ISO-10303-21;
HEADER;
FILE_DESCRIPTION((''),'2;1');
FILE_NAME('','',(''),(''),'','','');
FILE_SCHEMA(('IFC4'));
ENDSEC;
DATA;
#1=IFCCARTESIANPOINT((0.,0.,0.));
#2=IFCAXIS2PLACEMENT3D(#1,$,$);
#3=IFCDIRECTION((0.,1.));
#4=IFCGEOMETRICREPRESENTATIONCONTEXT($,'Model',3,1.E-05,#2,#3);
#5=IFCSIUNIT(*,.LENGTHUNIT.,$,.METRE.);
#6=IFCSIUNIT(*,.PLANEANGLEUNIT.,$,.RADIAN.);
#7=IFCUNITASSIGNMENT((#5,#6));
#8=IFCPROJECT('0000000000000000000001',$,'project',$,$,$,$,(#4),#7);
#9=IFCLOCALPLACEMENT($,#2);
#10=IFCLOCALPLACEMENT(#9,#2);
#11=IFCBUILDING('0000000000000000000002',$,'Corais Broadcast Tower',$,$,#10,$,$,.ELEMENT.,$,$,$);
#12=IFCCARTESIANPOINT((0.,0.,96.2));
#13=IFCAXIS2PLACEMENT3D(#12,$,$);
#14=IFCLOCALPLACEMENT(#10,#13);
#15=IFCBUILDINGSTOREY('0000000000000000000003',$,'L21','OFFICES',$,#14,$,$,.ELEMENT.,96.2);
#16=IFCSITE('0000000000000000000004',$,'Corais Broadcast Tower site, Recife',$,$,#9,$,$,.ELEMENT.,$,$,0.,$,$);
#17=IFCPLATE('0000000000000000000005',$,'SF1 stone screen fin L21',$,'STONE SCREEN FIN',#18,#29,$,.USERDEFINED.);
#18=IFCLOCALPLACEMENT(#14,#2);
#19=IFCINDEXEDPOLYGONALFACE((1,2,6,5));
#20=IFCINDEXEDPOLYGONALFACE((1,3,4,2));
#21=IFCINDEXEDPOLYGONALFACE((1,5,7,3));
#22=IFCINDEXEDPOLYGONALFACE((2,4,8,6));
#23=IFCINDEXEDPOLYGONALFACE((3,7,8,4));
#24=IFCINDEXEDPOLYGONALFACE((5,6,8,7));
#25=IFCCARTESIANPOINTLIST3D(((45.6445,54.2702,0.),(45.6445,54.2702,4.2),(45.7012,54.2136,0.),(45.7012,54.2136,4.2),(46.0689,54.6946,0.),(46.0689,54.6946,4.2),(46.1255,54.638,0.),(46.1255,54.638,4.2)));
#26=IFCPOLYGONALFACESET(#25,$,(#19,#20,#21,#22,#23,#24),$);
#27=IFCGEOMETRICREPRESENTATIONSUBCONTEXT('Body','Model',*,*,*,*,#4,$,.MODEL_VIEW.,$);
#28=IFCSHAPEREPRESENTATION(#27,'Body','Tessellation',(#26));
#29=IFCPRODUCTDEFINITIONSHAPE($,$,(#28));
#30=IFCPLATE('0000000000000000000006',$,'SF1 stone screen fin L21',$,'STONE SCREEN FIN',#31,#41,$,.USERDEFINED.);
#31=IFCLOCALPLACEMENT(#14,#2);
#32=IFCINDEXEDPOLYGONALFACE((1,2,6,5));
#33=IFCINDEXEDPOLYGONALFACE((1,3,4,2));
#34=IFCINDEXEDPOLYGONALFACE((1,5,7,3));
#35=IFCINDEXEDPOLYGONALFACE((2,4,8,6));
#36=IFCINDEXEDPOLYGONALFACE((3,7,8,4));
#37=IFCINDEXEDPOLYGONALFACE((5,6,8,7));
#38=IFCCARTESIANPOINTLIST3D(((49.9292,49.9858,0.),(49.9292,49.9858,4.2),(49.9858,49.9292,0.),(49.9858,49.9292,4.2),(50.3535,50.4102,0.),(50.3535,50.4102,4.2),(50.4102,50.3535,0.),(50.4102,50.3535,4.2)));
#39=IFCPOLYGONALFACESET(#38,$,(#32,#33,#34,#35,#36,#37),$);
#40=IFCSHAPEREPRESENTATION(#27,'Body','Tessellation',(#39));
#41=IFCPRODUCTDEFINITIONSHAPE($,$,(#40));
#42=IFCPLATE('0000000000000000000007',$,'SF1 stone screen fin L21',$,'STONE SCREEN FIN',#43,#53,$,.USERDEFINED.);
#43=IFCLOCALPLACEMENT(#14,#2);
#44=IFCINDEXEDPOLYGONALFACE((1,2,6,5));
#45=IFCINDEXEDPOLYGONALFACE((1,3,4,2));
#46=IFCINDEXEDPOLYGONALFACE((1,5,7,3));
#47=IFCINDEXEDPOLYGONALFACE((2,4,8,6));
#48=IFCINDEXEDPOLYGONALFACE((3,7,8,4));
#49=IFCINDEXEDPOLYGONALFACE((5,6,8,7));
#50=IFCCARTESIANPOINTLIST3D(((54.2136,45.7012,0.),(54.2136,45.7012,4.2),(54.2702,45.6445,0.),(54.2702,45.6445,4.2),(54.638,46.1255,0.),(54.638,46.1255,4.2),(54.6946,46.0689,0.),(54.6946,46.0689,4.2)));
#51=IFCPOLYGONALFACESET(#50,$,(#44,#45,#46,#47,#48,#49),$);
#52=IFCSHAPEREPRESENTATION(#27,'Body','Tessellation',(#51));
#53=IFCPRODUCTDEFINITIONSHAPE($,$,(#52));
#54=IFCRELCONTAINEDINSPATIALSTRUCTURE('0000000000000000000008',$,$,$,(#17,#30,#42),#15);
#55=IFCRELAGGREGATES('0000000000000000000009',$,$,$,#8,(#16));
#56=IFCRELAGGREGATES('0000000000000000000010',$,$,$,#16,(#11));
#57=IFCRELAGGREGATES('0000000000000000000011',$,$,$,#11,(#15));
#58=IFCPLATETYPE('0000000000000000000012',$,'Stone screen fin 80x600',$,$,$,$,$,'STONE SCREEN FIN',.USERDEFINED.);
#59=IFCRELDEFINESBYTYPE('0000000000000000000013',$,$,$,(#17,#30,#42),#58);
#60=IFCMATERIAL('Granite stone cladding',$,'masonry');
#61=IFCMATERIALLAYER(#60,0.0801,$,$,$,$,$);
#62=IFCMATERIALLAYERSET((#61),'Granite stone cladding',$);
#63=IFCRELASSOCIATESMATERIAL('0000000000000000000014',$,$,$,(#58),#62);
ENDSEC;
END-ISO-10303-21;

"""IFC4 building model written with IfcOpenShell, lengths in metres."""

from ifc_helpers import new_model, si_unit, direction, frame, origin, origin_2d, place, context, subcontext, project, spatial, rectangle, extrude, material, layer, layer_set, type_object, element, save


model = new_model("IFC4")

# Units and contexts
model_context = context("Model", 3, precision=1e-05, world=origin(), true_north=direction((0.0, 1.0)))
body_context = subcontext(model_context, "Body", "Model", "MODEL_VIEW")
ifc_project = project(units=[si_unit("LENGTHUNIT", "METRE"), si_unit("PLANEANGLEUNIT", "RADIAN")], contexts=[model_context])

# Site, building, storey
site_placement = place(None, origin())
site = spatial("IfcSite", under=ifc_project, at=site_placement, Name="Corais Broadcast Tower site, Recife", CompositionType="ELEMENT", RefElevation=0.0)
building_placement = place(site_placement, origin())
building = spatial("IfcBuilding", under=site, at=building_placement, Name="Corais Broadcast Tower", CompositionType="ELEMENT")
storey_placement = place(building_placement, frame((0.0, 0.0, 96.2)))
storey = spatial("IfcBuildingStorey", under=building, at=storey_placement, Name="L21", Description="OFFICES", CompositionType="ELEMENT", Elevation=96.2)

# Plates
ifc_material_1 = material(Name="Granite stone cladding", Category="masonry")
ifc_layer_1 = layer(ifc_material_1, 0.0801)
ifc_layer_set_1 = layer_set([ifc_layer_1], Name="Granite stone cladding")
plate_type_1 = type_object("IfcPlateType", Name="Stone screen fin 80x600", ElementType="STONE SCREEN FIN", PredefinedType="USERDEFINED", material=ifc_layer_set_1)
for number, where, z_axis, x_axis, name in (
    (1, (45.885, 54.4541, 0.0), (0.0, 0.0, 1.0), (0.707107, -0.707107, 0.0), "SF1 stone screen fin L21"),
    (2, (50.1697, 50.1697, 0.0), (0.0, 0.0, 1.0), (0.707107, -0.707107, 0.0), "SF1 stone screen fin L21"),
    (3, (54.4541, 45.885, 0.0), (0.0, 0.0, 1.0), (0.707107, -0.707107, 0.0), "SF1 stone screen fin L21"),
):
    element("IfcPlate", number, at=place(storey_placement, frame(where, z_axis=z_axis, x_axis=x_axis)), inside=storey, type_object=plate_type_1, Name=name, ObjectType="STONE SCREEN FIN", PredefinedType="USERDEFINED", context=body_context, shape_type="SweptSolid", body=[
        extrude(rectangle(XDim=0.0801, YDim=0.6001, at=origin_2d()), origin(), (0.0, 0.0, 1.0), 4.2),
    ])

save(model, "model.ifc")
